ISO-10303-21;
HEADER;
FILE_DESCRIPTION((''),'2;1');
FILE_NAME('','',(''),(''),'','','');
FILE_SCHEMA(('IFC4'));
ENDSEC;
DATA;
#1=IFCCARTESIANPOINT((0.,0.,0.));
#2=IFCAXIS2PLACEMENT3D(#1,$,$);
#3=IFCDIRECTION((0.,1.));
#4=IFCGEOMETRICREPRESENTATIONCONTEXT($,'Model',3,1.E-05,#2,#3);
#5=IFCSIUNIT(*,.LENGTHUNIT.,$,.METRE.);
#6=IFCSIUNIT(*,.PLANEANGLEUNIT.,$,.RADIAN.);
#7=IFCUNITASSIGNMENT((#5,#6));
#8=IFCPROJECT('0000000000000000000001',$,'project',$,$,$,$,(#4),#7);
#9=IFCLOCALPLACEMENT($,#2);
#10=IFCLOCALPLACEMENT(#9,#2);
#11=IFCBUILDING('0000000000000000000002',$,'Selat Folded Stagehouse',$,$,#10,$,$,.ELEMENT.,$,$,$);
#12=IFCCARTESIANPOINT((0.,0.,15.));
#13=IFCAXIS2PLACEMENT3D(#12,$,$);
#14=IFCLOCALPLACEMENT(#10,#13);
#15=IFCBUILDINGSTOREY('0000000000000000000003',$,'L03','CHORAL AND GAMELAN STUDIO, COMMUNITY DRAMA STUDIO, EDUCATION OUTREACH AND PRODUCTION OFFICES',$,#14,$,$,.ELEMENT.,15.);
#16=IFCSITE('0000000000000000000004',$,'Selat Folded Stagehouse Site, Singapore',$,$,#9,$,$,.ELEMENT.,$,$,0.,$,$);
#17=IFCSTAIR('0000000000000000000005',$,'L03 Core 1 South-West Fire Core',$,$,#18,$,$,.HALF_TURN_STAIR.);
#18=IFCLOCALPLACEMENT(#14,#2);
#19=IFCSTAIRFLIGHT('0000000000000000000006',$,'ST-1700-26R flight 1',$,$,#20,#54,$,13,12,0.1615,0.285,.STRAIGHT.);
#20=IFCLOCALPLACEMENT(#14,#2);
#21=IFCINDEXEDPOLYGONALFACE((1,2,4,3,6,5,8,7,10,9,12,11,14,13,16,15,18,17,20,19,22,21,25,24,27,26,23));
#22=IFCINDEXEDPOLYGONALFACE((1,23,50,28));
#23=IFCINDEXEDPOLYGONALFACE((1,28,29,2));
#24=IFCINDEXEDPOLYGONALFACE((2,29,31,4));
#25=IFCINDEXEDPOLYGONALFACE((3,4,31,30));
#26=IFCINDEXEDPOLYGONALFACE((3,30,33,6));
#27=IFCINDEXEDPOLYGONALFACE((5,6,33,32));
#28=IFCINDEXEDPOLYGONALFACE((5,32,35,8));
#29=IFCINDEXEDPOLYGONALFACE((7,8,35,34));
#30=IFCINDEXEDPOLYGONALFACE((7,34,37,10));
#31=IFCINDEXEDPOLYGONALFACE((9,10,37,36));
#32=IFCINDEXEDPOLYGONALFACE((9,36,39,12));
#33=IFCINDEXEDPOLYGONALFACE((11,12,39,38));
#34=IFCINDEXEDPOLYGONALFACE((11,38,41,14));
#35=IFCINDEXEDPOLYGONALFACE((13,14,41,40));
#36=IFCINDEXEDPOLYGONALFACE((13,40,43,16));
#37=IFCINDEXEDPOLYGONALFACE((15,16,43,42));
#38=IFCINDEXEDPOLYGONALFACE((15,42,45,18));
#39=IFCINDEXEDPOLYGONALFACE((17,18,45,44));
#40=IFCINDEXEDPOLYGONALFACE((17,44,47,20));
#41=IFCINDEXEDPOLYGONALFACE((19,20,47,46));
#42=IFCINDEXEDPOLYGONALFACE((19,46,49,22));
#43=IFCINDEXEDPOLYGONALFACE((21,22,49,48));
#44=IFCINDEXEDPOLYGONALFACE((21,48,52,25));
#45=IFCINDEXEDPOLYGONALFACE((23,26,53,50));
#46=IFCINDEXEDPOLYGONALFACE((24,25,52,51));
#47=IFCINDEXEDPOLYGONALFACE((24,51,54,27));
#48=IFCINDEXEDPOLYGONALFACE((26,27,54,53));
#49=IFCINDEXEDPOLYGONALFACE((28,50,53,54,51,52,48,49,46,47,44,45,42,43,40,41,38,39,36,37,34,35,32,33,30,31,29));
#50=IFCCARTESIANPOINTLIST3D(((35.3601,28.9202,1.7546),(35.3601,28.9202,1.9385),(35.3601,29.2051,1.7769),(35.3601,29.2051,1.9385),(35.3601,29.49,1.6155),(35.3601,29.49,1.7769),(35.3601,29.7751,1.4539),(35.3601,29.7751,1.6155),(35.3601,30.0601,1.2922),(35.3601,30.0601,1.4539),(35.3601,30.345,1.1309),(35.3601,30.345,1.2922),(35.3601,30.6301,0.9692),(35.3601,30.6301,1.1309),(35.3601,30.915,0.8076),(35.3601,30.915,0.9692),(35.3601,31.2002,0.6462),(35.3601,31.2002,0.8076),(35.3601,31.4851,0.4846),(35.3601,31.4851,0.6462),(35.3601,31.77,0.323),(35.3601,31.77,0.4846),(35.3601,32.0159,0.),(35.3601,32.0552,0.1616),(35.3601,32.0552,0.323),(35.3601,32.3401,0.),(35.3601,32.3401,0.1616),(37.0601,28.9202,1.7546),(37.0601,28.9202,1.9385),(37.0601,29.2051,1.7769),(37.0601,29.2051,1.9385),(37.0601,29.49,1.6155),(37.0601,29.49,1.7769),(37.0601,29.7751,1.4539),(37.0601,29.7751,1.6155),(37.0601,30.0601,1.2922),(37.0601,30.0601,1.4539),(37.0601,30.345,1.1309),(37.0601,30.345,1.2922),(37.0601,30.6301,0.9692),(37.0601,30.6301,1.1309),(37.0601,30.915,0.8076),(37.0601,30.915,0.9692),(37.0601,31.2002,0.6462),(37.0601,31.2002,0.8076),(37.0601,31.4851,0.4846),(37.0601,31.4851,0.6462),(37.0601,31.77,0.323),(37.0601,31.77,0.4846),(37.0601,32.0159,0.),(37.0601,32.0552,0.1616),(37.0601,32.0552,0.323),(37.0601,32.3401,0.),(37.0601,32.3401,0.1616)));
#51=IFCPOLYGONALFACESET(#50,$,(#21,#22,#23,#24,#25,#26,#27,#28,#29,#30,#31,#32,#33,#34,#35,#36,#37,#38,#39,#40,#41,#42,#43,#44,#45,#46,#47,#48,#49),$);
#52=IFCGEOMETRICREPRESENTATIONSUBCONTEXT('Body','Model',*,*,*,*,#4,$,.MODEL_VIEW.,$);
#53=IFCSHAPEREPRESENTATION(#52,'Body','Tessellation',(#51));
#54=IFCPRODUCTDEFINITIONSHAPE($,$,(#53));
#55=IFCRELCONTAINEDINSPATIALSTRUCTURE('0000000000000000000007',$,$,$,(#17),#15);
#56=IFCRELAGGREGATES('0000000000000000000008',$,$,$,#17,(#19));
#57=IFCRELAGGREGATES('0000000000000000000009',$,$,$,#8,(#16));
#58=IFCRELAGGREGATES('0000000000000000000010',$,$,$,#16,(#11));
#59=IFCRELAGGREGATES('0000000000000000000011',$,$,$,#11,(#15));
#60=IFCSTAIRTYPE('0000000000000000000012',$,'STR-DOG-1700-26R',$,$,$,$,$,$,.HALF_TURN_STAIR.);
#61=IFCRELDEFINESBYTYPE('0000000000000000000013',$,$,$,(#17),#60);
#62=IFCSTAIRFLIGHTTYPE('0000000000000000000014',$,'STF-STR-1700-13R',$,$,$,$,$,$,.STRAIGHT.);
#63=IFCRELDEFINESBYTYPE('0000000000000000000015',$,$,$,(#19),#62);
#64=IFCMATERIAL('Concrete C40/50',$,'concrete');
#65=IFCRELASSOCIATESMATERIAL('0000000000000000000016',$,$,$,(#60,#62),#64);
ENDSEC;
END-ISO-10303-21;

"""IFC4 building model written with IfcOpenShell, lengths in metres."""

from ifc_helpers import new_model, si_unit, direction, frame, origin, place, context, subcontext, project, spatial, polyline, outline, extrude, material, type_object, element, aggregate, save


model = new_model("IFC4")

# Units and contexts
model_context = context("Model", 3, precision=1e-05, world=origin(), true_north=direction((0.0, 1.0)))
body_context = subcontext(model_context, "Body", "Model", "MODEL_VIEW")
ifc_project = project(units=[si_unit("LENGTHUNIT", "METRE"), si_unit("PLANEANGLEUNIT", "RADIAN")], contexts=[model_context])

# Site, building, storey
site_placement = place(None, origin())
site = spatial("IfcSite", under=ifc_project, at=site_placement, Name="Selat Folded Stagehouse Site, Singapore", CompositionType="ELEMENT", RefElevation=0.0)
building_placement = place(site_placement, origin())
building = spatial("IfcBuilding", under=site, at=building_placement, Name="Selat Folded Stagehouse", CompositionType="ELEMENT")
storey_placement = place(building_placement, frame((0.0, 0.0, 15.0)))
storey = spatial("IfcBuildingStorey", under=building, at=storey_placement, Name="L03", Description="CHORAL AND GAMELAN STUDIO, COMMUNITY DRAMA STUDIO, EDUCATION OUTREACH AND PRODUCTION OFFICES", CompositionType="ELEMENT", Elevation=15.0)

# Stair, stair flight
ifc_material_1 = material(Name="Concrete C40/50", Category="concrete")
stair_type = type_object("IfcStairType", Name="STR-DOG-1700-26R", PredefinedType="HALF_TURN_STAIR", material=ifc_material_1)
stair_placement = place(storey_placement, origin())
stair = element("IfcStair", 1, at=stair_placement, inside=storey, type_object=stair_type, Name="L03 Core 1 South-West Fire Core", PredefinedType="HALF_TURN_STAIR")
stair_flight_type = type_object("IfcStairFlightType", Name="STF-STR-1700-13R", PredefinedType="STRAIGHT", material=ifc_material_1)
stair_flight_placement = place(storey_placement, frame((36.21, 32.3401, 0.0), z_axis=(0.0, 0.0, 1.0), x_axis=(0.0, -1.0, 0.0)))
stair_flight = element("IfcStairFlight", 2, at=stair_flight_placement, type_object=stair_flight_type, Name="ST-1700-26R flight 1", NumberOfRisers=13, NumberOfTreads=12, PredefinedType="STRAIGHT", RiserHeight=0.1615, TreadLength=0.285, context=body_context, shape_type="SweptSolid", body=[
    extrude(outline(polyline([(0.0, 0.0), (0.0, 0.1616), (0.2849, 0.1616), (0.2849, 0.323), (0.5701, 0.323), (0.5701, 0.4846), (0.855, 0.4846), (0.855, 0.6462), (1.1399, 0.6462), (1.1399, 0.8076), (1.425, 0.8076), (1.425, 0.9692), (1.71, 0.9692), (1.71, 1.1309), (1.9951, 1.1309), (1.9951, 1.2922), (2.28, 1.2922), (2.28, 1.4539), (2.5649, 1.4539), (2.5649, 1.6155), (2.8501, 1.6155), (2.8501, 1.7769), (3.135, 1.7769), (3.135, 1.9385), (3.4199, 1.9385), (3.4199, 2.1001), (3.4199, 1.7546), (0.3242, 0.0), (0.0, 0.0)])), frame((0.0, 0.8501, 0.0), z_axis=(0.0, -1.0, 0.0), x_axis=(1.0, 0.0, 0.0)), (0.0, 0.0, 1.0), 1.7),
])
aggregate(stair, [stair_flight])

save(model, "model.ifc")
